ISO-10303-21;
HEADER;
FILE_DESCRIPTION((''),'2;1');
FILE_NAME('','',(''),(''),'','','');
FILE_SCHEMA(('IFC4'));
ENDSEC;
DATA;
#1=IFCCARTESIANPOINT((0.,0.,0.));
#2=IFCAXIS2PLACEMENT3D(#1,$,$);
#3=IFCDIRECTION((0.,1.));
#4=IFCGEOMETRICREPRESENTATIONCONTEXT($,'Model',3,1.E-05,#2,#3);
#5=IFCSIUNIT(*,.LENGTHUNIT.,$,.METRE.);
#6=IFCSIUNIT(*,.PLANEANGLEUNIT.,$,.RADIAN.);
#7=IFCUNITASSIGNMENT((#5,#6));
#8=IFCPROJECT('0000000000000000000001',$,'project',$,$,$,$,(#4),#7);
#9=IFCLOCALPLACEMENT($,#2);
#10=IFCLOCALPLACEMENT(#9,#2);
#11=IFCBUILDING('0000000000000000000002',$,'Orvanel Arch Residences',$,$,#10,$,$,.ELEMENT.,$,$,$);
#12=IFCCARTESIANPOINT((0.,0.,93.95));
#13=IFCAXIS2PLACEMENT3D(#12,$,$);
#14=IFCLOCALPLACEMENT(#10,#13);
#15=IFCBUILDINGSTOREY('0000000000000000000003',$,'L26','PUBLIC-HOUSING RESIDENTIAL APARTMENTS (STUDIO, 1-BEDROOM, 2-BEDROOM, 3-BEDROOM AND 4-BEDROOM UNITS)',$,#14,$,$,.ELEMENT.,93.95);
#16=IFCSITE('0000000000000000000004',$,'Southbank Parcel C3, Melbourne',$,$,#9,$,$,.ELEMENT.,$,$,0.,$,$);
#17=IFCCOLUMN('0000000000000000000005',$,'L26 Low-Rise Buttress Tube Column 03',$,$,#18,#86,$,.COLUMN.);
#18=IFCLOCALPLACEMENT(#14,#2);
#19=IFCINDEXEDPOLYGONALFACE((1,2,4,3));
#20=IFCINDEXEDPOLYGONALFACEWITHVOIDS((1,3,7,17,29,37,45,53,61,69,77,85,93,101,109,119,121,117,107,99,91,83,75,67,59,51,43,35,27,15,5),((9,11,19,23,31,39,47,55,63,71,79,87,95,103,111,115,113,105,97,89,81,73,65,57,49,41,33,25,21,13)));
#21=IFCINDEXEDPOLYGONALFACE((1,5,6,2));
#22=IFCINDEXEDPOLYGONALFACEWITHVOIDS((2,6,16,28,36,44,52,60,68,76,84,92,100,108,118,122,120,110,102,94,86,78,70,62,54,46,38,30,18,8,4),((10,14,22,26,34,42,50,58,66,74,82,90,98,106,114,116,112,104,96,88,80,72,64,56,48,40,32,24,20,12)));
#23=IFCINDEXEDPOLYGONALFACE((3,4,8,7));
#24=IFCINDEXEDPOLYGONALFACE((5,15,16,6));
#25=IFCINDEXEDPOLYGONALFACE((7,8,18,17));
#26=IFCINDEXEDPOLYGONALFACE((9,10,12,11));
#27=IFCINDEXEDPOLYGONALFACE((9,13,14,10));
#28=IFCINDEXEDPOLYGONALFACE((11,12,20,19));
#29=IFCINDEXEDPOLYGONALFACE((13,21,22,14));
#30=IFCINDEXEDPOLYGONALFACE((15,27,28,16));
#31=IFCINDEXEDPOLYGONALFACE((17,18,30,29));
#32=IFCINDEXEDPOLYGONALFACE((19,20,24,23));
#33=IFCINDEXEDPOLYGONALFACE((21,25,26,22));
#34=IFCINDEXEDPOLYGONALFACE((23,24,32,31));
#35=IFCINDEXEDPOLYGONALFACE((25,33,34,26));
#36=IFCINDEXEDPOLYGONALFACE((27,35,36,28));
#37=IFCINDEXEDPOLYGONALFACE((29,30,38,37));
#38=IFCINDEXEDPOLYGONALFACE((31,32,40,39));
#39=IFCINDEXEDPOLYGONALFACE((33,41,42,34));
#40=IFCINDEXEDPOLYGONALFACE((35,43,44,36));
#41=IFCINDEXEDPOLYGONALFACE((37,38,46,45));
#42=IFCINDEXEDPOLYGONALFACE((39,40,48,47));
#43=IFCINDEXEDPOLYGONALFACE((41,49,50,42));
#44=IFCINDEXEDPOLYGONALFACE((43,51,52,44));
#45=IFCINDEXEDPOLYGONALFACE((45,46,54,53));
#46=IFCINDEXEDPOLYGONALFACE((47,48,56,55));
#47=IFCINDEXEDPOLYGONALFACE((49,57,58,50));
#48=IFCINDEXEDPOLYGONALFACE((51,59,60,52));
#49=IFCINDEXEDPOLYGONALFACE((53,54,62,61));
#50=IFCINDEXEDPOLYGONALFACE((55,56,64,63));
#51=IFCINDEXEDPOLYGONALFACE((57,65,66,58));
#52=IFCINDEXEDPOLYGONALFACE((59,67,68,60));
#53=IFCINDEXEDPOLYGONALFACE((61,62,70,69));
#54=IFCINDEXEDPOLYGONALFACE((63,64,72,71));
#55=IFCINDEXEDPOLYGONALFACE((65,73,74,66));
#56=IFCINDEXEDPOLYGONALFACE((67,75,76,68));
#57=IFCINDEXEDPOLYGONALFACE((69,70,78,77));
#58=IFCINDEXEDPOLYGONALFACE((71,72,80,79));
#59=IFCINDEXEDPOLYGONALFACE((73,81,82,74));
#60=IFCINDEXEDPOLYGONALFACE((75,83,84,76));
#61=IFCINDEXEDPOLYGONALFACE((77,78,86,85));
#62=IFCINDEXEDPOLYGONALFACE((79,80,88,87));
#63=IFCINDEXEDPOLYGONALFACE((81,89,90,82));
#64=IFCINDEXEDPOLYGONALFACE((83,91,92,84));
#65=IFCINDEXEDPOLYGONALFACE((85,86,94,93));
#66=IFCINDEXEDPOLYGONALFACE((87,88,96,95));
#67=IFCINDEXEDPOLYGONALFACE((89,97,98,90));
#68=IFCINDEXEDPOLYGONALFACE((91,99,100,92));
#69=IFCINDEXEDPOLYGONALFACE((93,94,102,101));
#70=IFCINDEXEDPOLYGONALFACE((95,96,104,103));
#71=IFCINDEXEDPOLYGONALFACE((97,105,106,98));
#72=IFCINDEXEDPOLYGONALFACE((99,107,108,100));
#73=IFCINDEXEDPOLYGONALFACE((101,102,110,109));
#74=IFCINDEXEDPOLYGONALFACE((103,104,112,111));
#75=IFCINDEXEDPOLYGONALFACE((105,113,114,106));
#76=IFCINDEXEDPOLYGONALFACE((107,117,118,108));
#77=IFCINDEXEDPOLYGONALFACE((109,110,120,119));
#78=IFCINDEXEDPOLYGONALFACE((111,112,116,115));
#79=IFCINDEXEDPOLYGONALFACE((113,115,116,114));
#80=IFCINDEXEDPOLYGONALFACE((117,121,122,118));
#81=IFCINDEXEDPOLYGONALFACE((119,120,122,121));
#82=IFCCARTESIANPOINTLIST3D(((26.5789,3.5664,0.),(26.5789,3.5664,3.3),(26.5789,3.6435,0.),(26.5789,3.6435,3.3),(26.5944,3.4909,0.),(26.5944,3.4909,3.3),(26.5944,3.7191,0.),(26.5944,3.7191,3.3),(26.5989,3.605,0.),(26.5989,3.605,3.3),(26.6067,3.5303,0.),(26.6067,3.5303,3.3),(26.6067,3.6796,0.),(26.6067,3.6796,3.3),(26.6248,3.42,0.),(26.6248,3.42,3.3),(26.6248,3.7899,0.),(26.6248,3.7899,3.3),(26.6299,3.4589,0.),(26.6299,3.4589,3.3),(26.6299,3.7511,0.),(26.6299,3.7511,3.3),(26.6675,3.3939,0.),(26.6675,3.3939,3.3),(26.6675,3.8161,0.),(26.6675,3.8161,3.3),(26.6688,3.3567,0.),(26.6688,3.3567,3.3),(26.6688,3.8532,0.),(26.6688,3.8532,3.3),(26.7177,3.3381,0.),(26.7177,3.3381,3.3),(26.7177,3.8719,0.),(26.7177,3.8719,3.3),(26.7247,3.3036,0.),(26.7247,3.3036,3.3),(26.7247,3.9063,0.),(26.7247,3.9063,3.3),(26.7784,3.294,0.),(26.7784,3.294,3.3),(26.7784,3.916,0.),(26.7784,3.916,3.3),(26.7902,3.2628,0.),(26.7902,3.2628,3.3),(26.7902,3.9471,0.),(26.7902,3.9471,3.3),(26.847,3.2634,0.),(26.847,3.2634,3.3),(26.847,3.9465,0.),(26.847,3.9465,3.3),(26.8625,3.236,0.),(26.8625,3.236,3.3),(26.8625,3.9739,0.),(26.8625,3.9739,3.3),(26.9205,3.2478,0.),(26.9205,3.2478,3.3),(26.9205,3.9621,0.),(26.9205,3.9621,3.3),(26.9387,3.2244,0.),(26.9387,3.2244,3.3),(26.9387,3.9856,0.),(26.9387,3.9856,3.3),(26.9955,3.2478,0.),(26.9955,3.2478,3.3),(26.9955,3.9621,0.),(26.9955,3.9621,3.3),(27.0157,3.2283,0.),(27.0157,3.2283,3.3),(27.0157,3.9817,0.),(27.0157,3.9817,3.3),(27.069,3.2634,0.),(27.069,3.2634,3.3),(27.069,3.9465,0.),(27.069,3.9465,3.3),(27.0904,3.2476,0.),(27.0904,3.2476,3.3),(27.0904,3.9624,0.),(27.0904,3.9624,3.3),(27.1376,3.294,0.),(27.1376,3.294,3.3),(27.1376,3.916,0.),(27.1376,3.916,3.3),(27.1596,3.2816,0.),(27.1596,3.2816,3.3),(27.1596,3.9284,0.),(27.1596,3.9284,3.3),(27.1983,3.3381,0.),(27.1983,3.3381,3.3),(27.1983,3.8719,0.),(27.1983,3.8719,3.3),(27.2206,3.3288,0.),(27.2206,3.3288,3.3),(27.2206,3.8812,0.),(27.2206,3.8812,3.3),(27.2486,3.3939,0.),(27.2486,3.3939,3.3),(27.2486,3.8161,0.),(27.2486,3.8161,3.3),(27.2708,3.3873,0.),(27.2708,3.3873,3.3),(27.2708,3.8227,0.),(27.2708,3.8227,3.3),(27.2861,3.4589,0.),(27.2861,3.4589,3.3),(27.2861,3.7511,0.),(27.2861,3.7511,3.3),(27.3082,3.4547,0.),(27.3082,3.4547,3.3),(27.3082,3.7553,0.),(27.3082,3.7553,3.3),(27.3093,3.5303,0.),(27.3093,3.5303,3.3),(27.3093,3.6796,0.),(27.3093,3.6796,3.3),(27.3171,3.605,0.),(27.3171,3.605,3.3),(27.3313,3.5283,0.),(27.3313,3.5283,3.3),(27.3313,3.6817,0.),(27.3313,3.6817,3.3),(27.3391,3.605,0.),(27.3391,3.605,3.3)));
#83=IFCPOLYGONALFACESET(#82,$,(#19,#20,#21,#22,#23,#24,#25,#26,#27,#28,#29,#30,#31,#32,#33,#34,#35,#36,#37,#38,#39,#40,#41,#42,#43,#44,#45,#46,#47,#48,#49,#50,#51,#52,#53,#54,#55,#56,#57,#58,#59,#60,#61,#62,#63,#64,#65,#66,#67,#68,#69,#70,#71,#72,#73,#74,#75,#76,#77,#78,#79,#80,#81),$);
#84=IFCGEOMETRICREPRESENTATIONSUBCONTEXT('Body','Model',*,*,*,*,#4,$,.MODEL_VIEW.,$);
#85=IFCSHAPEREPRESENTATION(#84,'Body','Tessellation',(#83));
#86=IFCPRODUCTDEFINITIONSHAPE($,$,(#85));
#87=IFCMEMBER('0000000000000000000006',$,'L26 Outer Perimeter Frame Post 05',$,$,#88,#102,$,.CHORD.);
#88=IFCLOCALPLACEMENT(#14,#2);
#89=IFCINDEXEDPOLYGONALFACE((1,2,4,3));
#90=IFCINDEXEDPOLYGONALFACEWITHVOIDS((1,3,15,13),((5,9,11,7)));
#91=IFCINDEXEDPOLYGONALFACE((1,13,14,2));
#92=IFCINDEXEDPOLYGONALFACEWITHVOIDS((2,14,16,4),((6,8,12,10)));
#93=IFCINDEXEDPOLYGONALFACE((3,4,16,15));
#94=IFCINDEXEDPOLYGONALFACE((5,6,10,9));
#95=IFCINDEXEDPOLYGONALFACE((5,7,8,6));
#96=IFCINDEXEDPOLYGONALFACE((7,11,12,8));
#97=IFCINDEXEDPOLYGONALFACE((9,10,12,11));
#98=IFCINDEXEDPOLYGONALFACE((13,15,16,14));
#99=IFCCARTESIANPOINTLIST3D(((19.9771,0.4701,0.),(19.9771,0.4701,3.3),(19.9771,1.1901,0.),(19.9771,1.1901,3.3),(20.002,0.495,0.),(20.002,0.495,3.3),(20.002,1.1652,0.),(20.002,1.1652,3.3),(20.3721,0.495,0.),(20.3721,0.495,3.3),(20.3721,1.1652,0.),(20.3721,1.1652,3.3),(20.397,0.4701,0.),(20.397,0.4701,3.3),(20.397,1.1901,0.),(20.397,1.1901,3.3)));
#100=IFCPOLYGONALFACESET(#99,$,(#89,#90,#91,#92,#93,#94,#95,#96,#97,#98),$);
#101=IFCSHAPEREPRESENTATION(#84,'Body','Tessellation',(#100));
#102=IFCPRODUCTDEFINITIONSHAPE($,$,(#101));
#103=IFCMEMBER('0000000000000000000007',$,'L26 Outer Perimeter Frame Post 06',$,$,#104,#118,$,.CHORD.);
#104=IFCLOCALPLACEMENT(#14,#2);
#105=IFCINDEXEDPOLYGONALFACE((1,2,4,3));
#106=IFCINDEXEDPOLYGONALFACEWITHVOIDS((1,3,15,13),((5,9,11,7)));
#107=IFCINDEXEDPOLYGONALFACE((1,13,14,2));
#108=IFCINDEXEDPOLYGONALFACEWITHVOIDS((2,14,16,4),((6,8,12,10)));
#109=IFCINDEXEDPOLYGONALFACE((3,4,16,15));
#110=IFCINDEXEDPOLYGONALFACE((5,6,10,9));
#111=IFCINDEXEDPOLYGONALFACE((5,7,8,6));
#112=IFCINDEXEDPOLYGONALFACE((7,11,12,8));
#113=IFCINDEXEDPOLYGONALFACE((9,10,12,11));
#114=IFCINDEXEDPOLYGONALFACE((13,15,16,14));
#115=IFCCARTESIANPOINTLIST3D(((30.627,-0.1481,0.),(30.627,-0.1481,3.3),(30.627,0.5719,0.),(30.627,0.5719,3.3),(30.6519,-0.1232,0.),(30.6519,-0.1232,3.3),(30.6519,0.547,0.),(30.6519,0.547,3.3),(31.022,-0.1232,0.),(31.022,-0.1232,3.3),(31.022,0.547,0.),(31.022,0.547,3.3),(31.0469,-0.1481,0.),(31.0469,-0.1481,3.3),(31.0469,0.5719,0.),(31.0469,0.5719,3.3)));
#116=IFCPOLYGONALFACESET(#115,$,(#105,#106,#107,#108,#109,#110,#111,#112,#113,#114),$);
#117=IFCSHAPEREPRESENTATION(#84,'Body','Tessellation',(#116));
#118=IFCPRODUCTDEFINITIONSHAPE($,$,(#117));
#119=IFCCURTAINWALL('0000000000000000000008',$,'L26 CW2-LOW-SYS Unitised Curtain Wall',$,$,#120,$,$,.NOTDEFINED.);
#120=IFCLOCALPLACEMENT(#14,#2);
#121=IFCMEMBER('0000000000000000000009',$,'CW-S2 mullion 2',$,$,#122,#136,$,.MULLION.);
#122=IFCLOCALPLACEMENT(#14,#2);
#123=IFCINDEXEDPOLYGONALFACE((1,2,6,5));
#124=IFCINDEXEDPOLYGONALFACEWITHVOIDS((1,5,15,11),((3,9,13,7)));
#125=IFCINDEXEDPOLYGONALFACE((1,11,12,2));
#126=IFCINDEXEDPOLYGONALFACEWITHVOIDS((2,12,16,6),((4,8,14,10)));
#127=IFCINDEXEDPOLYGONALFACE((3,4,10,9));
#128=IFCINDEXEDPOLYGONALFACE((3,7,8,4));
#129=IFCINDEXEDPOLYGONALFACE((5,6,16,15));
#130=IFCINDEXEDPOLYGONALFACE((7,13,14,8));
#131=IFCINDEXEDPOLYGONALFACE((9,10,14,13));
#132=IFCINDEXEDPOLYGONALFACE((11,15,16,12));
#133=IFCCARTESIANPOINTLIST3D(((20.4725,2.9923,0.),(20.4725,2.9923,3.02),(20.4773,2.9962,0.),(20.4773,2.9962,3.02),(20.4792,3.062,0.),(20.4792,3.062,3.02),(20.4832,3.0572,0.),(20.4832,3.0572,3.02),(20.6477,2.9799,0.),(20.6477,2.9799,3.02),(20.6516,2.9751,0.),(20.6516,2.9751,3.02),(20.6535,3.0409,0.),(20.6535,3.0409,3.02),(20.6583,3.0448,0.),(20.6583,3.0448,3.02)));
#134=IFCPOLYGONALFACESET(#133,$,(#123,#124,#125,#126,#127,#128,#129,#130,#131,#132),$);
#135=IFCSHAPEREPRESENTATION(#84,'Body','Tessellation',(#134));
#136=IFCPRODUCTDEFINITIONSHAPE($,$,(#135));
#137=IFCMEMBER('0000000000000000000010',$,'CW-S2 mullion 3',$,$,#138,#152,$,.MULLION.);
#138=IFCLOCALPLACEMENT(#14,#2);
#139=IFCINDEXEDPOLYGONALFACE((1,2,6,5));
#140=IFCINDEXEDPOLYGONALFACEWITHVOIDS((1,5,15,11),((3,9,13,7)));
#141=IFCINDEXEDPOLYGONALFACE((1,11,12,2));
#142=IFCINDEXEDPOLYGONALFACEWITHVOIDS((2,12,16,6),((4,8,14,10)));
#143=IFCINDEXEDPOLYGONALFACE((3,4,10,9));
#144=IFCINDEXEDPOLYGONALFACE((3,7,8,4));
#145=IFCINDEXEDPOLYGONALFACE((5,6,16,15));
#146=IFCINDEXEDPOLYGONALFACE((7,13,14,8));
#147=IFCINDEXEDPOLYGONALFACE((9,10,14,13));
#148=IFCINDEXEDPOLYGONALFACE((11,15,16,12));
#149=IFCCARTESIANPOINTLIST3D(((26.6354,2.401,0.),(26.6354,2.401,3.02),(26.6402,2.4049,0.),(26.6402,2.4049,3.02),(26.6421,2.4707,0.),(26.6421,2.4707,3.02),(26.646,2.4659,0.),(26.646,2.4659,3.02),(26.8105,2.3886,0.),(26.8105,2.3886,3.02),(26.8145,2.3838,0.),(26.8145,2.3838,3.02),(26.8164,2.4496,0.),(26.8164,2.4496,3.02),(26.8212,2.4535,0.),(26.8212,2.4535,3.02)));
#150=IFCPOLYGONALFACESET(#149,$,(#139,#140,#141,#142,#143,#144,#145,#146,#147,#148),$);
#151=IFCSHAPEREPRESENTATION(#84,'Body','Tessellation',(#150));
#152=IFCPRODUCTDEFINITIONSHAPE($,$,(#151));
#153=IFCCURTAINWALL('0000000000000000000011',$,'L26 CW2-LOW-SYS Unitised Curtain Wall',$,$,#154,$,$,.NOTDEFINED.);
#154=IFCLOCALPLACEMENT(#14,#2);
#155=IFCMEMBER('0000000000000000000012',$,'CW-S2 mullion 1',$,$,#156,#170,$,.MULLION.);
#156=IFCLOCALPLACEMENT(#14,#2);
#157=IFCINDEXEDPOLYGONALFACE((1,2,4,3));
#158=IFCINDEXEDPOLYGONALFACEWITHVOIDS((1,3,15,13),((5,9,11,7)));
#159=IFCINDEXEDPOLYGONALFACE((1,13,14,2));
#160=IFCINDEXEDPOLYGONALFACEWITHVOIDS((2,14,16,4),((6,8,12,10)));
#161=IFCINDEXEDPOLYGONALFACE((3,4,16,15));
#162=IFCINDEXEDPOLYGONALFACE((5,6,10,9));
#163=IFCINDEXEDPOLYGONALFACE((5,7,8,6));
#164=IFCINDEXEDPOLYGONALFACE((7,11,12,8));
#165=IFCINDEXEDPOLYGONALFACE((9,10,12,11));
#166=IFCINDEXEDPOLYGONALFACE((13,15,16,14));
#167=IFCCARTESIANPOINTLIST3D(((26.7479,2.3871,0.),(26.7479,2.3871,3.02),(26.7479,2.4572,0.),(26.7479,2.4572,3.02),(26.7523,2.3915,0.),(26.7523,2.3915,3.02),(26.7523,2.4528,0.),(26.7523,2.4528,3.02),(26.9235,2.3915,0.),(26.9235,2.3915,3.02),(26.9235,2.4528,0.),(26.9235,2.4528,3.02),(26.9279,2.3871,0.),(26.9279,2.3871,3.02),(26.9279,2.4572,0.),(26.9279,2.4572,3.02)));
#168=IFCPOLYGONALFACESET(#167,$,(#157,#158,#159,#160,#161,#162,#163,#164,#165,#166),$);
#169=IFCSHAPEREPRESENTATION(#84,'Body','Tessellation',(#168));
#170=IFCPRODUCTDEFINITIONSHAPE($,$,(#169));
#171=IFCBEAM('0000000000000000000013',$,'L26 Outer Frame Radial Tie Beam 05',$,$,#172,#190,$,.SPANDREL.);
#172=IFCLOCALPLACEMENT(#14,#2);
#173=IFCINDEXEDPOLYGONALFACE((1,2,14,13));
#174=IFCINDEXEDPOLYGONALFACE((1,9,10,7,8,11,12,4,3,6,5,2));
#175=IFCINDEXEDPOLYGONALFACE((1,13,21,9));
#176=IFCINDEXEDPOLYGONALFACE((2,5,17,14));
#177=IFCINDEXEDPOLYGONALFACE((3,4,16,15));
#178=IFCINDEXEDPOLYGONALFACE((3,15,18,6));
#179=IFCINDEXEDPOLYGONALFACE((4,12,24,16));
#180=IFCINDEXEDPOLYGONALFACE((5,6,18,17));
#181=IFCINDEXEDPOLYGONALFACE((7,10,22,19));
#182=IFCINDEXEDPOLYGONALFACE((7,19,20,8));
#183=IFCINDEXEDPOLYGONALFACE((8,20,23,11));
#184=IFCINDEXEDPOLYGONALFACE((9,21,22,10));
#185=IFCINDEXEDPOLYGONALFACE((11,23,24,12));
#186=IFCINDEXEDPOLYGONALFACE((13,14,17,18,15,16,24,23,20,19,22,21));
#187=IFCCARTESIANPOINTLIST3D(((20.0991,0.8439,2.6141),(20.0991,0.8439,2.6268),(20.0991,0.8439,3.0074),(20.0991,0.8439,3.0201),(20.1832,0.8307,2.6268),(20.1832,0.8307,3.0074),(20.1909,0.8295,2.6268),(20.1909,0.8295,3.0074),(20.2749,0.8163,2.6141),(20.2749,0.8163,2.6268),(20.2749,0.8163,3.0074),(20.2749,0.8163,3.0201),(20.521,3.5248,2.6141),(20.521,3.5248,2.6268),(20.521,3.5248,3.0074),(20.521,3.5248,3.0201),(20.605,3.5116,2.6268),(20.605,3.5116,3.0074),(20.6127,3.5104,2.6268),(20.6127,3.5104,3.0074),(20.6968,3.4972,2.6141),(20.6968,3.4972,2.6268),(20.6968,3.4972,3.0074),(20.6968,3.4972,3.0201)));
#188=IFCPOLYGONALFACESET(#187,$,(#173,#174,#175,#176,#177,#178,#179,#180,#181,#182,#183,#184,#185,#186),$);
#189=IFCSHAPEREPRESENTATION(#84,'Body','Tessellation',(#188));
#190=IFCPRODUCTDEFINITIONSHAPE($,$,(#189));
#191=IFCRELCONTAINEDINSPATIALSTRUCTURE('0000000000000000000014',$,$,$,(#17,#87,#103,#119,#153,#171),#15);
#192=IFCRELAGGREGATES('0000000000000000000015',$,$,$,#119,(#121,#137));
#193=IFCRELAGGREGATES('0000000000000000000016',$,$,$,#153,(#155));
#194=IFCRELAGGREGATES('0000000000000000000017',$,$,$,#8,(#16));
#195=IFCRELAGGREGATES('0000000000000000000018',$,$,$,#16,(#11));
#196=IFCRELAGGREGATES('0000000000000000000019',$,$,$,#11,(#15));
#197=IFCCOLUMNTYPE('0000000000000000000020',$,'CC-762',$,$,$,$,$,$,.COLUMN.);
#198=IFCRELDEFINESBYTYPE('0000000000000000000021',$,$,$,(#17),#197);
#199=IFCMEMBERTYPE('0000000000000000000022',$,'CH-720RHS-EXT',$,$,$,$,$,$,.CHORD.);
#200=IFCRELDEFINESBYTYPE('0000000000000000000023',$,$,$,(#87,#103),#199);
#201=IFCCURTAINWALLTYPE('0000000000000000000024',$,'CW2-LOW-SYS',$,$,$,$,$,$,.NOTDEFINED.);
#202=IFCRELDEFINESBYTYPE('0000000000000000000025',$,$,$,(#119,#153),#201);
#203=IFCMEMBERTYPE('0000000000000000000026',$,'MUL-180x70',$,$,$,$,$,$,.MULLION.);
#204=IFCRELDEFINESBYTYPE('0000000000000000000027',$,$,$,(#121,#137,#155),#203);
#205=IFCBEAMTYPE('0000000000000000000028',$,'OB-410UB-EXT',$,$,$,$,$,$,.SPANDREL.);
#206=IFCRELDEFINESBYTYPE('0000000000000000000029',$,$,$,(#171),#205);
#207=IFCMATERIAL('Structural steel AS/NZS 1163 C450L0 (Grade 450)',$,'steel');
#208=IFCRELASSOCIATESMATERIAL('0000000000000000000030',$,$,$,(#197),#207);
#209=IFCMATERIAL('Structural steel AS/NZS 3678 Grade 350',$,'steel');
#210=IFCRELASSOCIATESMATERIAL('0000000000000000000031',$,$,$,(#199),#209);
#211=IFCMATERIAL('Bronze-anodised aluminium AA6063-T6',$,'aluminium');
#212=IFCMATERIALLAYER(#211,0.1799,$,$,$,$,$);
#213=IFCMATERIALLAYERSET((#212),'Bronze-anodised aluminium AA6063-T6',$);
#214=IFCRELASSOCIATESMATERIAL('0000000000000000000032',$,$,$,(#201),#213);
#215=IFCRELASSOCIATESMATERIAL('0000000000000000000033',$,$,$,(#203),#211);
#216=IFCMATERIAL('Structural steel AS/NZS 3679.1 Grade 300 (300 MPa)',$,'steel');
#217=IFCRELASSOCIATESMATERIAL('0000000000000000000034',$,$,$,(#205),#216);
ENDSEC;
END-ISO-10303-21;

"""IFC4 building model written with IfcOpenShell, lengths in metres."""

from ifc_helpers import new_model, si_unit, direction, frame, origin, origin_2d, place, context, subcontext, project, spatial, hollow_rectangle, hollow_circle, i_section, extrude, material, layer, layer_set, material_profile, profile_set, type_object, element, aggregate, save


model = new_model("IFC4")

# Units and contexts
model_context = context("Model", 3, precision=1e-05, world=origin(), true_north=direction((0.0, 1.0)))
body_context = subcontext(model_context, "Body", "Model", "MODEL_VIEW")
ifc_project = project(units=[si_unit("LENGTHUNIT", "METRE"), si_unit("PLANEANGLEUNIT", "RADIAN")], contexts=[model_context])

# Site, building, storey
site_placement = place(None, origin())
site = spatial("IfcSite", under=ifc_project, at=site_placement, Name="Southbank Parcel C3, Melbourne", CompositionType="ELEMENT", RefElevation=0.0)
building_placement = place(site_placement, origin())
building = spatial("IfcBuilding", under=site, at=building_placement, Name="Orvanel Arch Residences", CompositionType="ELEMENT")
storey_placement = place(building_placement, frame((0.0, 0.0, 93.95)))
storey = spatial("IfcBuildingStorey", under=building, at=storey_placement, Name="L26", Description="PUBLIC-HOUSING RESIDENTIAL APARTMENTS (STUDIO, 1-BEDROOM, 2-BEDROOM, 3-BEDROOM AND 4-BEDROOM UNITS)", CompositionType="ELEMENT", Elevation=93.95)

# Column
ifc_material_1 = material(Name="Structural steel AS/NZS 1163 C450L0 (Grade 450)", Category="steel")
ifc_material_profile_1 = material_profile(ifc_material_1, hollow_circle(Radius=0.3811, WallThickness=0.022, at=origin_2d()), Name="CHS762x22")
ifc_profile_set_1 = profile_set([ifc_material_profile_1], Name="Structural steel AS/NZS 1163 C450L0 (Grade 450)")
column_type = type_object("IfcColumnType", Name="CC-762", PredefinedType="COLUMN", material=ifc_profile_set_1)
column_placement = place(storey_placement, frame((26.958, 3.605, 0.0), z_axis=(0.0, 0.0, 1.0), x_axis=(1.0, 0.0, 0.0)))
element("IfcColumn", 1, at=column_placement, inside=storey, type_object=column_type, Name="L26 Low-Rise Buttress Tube Column 03", PredefinedType="COLUMN", context=body_context, shape_type="SweptSolid", body=[
    extrude(hollow_circle(Radius=0.3811, WallThickness=0.022, at=origin_2d()), origin(), (0.0, 0.0, 1.0), 3.3),
])

# Members
ifc_material_2 = material(Name="Structural steel AS/NZS 3678 Grade 350", Category="steel")
ifc_material_profile_2 = material_profile(ifc_material_2, hollow_rectangle(XDim=0.4199, YDim=0.72, WallThickness=0.0249, at=origin_2d()), Name="RHS720x420x25")
ifc_profile_set_2 = profile_set([ifc_material_profile_2], Name="Structural steel AS/NZS 3678 Grade 350")
member_type_1 = type_object("IfcMemberType", Name="CH-720RHS-EXT", PredefinedType="CHORD", material=ifc_profile_set_2)
for number, where, z_axis, x_axis, name in (
    (2, (20.187, 0.8301, 0.0), (0.0, 0.0, 1.0), (1.0, 0.0, 0.0), "L26 Outer Perimeter Frame Post 05"),
    (3, (30.8369, 0.2119, 0.0), (0.0, 0.0, 1.0), (1.0, 0.0, 0.0), "L26 Outer Perimeter Frame Post 06"),
):
    element("IfcMember", number, at=place(storey_placement, frame(where, z_axis=z_axis, x_axis=x_axis)), inside=storey, type_object=member_type_1, Name=name, PredefinedType="CHORD", context=body_context, shape_type="SweptSolid", body=[
        extrude(hollow_rectangle(XDim=0.4199, YDim=0.72, WallThickness=0.0249, at=origin_2d()), origin(), (0.0, 0.0, 1.0), 3.3),
    ])

# Curtain wall, members
ifc_material_3 = material(Name="Bronze-anodised aluminium AA6063-T6", Category="aluminium")
ifc_layer_1 = layer(ifc_material_3, 0.1799)
ifc_layer_set_1 = layer_set([ifc_layer_1], Name="Bronze-anodised aluminium AA6063-T6")
curtain_wall_type = type_object("IfcCurtainWallType", Name="CW2-LOW-SYS", PredefinedType="NOTDEFINED", material=ifc_layer_set_1)
curtain_wall_1_placement = place(storey_placement, origin())
curtain_wall_1 = element("IfcCurtainWall", 4, at=curtain_wall_1_placement, inside=storey, type_object=curtain_wall_type, Name="L26 CW2-LOW-SYS Unitised Curtain Wall", PredefinedType="NOTDEFINED")
ifc_material_profile_3 = material_profile(ifc_material_3, hollow_rectangle(XDim=0.0701, YDim=0.1799, WallThickness=0.0044, at=origin_2d()), Name="ALU180x70x4.5")
ifc_profile_set_3 = profile_set([ifc_material_profile_3], Name="Bronze-anodised aluminium AA6063-T6")
member_type_2 = type_object("IfcMemberType", Name="MUL-180x70", PredefinedType="MULLION", material=ifc_profile_set_3)
member_1_placement = place(storey_placement, frame((20.5654, 3.0186, 0.0), z_axis=(0.0, 0.0, 1.0), x_axis=(0.095487, 0.995431, 0.0)))
member_1 = element("IfcMember", 5, at=member_1_placement, type_object=member_type_2, Name="CW-S2 mullion 2", PredefinedType="MULLION", context=body_context, shape_type="SweptSolid", body=[
    extrude(hollow_rectangle(XDim=0.0701, YDim=0.1799, WallThickness=0.0044, at=origin_2d()), origin(), (0.0, 0.0, 1.0), 3.02),
])
member_2_placement = place(storey_placement, frame((26.7283, 2.4272, 0.0), z_axis=(0.0, 0.0, 1.0), x_axis=(0.095487, 0.995431, 0.0)))
member_2 = element("IfcMember", 6, at=member_2_placement, type_object=member_type_2, Name="CW-S2 mullion 3", PredefinedType="MULLION", context=body_context, shape_type="SweptSolid", body=[
    extrude(hollow_rectangle(XDim=0.0701, YDim=0.1799, WallThickness=0.0044, at=origin_2d()), origin(), (0.0, 0.0, 1.0), 3.02),
])

# Curtain wall, member
curtain_wall_2_placement = place(storey_placement, origin())
curtain_wall_2 = element("IfcCurtainWall", 7, at=curtain_wall_2_placement, inside=storey, type_object=curtain_wall_type, Name="L26 CW2-LOW-SYS Unitised Curtain Wall", PredefinedType="NOTDEFINED")
member_3_placement = place(storey_placement, frame((26.8379, 2.4221, 0.0), z_axis=(0.0, 0.0, 1.0), x_axis=(0.0, 1.0, 0.0)))
member_3 = element("IfcMember", 8, at=member_3_placement, type_object=member_type_2, Name="CW-S2 mullion 1", PredefinedType="MULLION", context=body_context, shape_type="SweptSolid", body=[
    extrude(hollow_rectangle(XDim=0.0701, YDim=0.1799, WallThickness=0.0044, at=origin_2d()), origin(), (0.0, 0.0, 1.0), 3.02),
])

# Beam
ifc_material_4 = material(Name="Structural steel AS/NZS 3679.1 Grade 300 (300 MPa)", Category="steel")
ifc_material_profile_4 = material_profile(ifc_material_4, i_section(OverallWidth=0.178, OverallDepth=0.406, WebThickness=0.0078, FlangeThickness=0.0127, at=origin_2d()), Name="410UB59.7")
ifc_profile_set_4 = profile_set([ifc_material_profile_4], Name="Structural steel AS/NZS 3679.1 Grade 300 (300 MPa)")
beam_type = type_object("IfcBeamType", Name="OB-410UB-EXT", PredefinedType="SPANDREL", material=ifc_profile_set_4)
beam_1_placement = place(storey_placement, frame((20.6089, 3.511, 2.8171), z_axis=(-0.15545, -0.987844, 0.0), x_axis=(0.987844, -0.15545, 0.0)))
element("IfcBeam", 9, at=beam_1_placement, inside=storey, type_object=beam_type, Name="L26 Outer Frame Radial Tie Beam 05", PredefinedType="SPANDREL", context=body_context, shape_type="SweptSolid", body=[
    extrude(i_section(OverallWidth=0.178, OverallDepth=0.406, WebThickness=0.0078, FlangeThickness=0.0127, at=origin_2d()), origin(), (0.0, 0.0, 1.0), 2.7139),
])

aggregate(curtain_wall_1, [member_1, member_2])
aggregate(curtain_wall_2, [member_3])

save(model, "model.ifc")
